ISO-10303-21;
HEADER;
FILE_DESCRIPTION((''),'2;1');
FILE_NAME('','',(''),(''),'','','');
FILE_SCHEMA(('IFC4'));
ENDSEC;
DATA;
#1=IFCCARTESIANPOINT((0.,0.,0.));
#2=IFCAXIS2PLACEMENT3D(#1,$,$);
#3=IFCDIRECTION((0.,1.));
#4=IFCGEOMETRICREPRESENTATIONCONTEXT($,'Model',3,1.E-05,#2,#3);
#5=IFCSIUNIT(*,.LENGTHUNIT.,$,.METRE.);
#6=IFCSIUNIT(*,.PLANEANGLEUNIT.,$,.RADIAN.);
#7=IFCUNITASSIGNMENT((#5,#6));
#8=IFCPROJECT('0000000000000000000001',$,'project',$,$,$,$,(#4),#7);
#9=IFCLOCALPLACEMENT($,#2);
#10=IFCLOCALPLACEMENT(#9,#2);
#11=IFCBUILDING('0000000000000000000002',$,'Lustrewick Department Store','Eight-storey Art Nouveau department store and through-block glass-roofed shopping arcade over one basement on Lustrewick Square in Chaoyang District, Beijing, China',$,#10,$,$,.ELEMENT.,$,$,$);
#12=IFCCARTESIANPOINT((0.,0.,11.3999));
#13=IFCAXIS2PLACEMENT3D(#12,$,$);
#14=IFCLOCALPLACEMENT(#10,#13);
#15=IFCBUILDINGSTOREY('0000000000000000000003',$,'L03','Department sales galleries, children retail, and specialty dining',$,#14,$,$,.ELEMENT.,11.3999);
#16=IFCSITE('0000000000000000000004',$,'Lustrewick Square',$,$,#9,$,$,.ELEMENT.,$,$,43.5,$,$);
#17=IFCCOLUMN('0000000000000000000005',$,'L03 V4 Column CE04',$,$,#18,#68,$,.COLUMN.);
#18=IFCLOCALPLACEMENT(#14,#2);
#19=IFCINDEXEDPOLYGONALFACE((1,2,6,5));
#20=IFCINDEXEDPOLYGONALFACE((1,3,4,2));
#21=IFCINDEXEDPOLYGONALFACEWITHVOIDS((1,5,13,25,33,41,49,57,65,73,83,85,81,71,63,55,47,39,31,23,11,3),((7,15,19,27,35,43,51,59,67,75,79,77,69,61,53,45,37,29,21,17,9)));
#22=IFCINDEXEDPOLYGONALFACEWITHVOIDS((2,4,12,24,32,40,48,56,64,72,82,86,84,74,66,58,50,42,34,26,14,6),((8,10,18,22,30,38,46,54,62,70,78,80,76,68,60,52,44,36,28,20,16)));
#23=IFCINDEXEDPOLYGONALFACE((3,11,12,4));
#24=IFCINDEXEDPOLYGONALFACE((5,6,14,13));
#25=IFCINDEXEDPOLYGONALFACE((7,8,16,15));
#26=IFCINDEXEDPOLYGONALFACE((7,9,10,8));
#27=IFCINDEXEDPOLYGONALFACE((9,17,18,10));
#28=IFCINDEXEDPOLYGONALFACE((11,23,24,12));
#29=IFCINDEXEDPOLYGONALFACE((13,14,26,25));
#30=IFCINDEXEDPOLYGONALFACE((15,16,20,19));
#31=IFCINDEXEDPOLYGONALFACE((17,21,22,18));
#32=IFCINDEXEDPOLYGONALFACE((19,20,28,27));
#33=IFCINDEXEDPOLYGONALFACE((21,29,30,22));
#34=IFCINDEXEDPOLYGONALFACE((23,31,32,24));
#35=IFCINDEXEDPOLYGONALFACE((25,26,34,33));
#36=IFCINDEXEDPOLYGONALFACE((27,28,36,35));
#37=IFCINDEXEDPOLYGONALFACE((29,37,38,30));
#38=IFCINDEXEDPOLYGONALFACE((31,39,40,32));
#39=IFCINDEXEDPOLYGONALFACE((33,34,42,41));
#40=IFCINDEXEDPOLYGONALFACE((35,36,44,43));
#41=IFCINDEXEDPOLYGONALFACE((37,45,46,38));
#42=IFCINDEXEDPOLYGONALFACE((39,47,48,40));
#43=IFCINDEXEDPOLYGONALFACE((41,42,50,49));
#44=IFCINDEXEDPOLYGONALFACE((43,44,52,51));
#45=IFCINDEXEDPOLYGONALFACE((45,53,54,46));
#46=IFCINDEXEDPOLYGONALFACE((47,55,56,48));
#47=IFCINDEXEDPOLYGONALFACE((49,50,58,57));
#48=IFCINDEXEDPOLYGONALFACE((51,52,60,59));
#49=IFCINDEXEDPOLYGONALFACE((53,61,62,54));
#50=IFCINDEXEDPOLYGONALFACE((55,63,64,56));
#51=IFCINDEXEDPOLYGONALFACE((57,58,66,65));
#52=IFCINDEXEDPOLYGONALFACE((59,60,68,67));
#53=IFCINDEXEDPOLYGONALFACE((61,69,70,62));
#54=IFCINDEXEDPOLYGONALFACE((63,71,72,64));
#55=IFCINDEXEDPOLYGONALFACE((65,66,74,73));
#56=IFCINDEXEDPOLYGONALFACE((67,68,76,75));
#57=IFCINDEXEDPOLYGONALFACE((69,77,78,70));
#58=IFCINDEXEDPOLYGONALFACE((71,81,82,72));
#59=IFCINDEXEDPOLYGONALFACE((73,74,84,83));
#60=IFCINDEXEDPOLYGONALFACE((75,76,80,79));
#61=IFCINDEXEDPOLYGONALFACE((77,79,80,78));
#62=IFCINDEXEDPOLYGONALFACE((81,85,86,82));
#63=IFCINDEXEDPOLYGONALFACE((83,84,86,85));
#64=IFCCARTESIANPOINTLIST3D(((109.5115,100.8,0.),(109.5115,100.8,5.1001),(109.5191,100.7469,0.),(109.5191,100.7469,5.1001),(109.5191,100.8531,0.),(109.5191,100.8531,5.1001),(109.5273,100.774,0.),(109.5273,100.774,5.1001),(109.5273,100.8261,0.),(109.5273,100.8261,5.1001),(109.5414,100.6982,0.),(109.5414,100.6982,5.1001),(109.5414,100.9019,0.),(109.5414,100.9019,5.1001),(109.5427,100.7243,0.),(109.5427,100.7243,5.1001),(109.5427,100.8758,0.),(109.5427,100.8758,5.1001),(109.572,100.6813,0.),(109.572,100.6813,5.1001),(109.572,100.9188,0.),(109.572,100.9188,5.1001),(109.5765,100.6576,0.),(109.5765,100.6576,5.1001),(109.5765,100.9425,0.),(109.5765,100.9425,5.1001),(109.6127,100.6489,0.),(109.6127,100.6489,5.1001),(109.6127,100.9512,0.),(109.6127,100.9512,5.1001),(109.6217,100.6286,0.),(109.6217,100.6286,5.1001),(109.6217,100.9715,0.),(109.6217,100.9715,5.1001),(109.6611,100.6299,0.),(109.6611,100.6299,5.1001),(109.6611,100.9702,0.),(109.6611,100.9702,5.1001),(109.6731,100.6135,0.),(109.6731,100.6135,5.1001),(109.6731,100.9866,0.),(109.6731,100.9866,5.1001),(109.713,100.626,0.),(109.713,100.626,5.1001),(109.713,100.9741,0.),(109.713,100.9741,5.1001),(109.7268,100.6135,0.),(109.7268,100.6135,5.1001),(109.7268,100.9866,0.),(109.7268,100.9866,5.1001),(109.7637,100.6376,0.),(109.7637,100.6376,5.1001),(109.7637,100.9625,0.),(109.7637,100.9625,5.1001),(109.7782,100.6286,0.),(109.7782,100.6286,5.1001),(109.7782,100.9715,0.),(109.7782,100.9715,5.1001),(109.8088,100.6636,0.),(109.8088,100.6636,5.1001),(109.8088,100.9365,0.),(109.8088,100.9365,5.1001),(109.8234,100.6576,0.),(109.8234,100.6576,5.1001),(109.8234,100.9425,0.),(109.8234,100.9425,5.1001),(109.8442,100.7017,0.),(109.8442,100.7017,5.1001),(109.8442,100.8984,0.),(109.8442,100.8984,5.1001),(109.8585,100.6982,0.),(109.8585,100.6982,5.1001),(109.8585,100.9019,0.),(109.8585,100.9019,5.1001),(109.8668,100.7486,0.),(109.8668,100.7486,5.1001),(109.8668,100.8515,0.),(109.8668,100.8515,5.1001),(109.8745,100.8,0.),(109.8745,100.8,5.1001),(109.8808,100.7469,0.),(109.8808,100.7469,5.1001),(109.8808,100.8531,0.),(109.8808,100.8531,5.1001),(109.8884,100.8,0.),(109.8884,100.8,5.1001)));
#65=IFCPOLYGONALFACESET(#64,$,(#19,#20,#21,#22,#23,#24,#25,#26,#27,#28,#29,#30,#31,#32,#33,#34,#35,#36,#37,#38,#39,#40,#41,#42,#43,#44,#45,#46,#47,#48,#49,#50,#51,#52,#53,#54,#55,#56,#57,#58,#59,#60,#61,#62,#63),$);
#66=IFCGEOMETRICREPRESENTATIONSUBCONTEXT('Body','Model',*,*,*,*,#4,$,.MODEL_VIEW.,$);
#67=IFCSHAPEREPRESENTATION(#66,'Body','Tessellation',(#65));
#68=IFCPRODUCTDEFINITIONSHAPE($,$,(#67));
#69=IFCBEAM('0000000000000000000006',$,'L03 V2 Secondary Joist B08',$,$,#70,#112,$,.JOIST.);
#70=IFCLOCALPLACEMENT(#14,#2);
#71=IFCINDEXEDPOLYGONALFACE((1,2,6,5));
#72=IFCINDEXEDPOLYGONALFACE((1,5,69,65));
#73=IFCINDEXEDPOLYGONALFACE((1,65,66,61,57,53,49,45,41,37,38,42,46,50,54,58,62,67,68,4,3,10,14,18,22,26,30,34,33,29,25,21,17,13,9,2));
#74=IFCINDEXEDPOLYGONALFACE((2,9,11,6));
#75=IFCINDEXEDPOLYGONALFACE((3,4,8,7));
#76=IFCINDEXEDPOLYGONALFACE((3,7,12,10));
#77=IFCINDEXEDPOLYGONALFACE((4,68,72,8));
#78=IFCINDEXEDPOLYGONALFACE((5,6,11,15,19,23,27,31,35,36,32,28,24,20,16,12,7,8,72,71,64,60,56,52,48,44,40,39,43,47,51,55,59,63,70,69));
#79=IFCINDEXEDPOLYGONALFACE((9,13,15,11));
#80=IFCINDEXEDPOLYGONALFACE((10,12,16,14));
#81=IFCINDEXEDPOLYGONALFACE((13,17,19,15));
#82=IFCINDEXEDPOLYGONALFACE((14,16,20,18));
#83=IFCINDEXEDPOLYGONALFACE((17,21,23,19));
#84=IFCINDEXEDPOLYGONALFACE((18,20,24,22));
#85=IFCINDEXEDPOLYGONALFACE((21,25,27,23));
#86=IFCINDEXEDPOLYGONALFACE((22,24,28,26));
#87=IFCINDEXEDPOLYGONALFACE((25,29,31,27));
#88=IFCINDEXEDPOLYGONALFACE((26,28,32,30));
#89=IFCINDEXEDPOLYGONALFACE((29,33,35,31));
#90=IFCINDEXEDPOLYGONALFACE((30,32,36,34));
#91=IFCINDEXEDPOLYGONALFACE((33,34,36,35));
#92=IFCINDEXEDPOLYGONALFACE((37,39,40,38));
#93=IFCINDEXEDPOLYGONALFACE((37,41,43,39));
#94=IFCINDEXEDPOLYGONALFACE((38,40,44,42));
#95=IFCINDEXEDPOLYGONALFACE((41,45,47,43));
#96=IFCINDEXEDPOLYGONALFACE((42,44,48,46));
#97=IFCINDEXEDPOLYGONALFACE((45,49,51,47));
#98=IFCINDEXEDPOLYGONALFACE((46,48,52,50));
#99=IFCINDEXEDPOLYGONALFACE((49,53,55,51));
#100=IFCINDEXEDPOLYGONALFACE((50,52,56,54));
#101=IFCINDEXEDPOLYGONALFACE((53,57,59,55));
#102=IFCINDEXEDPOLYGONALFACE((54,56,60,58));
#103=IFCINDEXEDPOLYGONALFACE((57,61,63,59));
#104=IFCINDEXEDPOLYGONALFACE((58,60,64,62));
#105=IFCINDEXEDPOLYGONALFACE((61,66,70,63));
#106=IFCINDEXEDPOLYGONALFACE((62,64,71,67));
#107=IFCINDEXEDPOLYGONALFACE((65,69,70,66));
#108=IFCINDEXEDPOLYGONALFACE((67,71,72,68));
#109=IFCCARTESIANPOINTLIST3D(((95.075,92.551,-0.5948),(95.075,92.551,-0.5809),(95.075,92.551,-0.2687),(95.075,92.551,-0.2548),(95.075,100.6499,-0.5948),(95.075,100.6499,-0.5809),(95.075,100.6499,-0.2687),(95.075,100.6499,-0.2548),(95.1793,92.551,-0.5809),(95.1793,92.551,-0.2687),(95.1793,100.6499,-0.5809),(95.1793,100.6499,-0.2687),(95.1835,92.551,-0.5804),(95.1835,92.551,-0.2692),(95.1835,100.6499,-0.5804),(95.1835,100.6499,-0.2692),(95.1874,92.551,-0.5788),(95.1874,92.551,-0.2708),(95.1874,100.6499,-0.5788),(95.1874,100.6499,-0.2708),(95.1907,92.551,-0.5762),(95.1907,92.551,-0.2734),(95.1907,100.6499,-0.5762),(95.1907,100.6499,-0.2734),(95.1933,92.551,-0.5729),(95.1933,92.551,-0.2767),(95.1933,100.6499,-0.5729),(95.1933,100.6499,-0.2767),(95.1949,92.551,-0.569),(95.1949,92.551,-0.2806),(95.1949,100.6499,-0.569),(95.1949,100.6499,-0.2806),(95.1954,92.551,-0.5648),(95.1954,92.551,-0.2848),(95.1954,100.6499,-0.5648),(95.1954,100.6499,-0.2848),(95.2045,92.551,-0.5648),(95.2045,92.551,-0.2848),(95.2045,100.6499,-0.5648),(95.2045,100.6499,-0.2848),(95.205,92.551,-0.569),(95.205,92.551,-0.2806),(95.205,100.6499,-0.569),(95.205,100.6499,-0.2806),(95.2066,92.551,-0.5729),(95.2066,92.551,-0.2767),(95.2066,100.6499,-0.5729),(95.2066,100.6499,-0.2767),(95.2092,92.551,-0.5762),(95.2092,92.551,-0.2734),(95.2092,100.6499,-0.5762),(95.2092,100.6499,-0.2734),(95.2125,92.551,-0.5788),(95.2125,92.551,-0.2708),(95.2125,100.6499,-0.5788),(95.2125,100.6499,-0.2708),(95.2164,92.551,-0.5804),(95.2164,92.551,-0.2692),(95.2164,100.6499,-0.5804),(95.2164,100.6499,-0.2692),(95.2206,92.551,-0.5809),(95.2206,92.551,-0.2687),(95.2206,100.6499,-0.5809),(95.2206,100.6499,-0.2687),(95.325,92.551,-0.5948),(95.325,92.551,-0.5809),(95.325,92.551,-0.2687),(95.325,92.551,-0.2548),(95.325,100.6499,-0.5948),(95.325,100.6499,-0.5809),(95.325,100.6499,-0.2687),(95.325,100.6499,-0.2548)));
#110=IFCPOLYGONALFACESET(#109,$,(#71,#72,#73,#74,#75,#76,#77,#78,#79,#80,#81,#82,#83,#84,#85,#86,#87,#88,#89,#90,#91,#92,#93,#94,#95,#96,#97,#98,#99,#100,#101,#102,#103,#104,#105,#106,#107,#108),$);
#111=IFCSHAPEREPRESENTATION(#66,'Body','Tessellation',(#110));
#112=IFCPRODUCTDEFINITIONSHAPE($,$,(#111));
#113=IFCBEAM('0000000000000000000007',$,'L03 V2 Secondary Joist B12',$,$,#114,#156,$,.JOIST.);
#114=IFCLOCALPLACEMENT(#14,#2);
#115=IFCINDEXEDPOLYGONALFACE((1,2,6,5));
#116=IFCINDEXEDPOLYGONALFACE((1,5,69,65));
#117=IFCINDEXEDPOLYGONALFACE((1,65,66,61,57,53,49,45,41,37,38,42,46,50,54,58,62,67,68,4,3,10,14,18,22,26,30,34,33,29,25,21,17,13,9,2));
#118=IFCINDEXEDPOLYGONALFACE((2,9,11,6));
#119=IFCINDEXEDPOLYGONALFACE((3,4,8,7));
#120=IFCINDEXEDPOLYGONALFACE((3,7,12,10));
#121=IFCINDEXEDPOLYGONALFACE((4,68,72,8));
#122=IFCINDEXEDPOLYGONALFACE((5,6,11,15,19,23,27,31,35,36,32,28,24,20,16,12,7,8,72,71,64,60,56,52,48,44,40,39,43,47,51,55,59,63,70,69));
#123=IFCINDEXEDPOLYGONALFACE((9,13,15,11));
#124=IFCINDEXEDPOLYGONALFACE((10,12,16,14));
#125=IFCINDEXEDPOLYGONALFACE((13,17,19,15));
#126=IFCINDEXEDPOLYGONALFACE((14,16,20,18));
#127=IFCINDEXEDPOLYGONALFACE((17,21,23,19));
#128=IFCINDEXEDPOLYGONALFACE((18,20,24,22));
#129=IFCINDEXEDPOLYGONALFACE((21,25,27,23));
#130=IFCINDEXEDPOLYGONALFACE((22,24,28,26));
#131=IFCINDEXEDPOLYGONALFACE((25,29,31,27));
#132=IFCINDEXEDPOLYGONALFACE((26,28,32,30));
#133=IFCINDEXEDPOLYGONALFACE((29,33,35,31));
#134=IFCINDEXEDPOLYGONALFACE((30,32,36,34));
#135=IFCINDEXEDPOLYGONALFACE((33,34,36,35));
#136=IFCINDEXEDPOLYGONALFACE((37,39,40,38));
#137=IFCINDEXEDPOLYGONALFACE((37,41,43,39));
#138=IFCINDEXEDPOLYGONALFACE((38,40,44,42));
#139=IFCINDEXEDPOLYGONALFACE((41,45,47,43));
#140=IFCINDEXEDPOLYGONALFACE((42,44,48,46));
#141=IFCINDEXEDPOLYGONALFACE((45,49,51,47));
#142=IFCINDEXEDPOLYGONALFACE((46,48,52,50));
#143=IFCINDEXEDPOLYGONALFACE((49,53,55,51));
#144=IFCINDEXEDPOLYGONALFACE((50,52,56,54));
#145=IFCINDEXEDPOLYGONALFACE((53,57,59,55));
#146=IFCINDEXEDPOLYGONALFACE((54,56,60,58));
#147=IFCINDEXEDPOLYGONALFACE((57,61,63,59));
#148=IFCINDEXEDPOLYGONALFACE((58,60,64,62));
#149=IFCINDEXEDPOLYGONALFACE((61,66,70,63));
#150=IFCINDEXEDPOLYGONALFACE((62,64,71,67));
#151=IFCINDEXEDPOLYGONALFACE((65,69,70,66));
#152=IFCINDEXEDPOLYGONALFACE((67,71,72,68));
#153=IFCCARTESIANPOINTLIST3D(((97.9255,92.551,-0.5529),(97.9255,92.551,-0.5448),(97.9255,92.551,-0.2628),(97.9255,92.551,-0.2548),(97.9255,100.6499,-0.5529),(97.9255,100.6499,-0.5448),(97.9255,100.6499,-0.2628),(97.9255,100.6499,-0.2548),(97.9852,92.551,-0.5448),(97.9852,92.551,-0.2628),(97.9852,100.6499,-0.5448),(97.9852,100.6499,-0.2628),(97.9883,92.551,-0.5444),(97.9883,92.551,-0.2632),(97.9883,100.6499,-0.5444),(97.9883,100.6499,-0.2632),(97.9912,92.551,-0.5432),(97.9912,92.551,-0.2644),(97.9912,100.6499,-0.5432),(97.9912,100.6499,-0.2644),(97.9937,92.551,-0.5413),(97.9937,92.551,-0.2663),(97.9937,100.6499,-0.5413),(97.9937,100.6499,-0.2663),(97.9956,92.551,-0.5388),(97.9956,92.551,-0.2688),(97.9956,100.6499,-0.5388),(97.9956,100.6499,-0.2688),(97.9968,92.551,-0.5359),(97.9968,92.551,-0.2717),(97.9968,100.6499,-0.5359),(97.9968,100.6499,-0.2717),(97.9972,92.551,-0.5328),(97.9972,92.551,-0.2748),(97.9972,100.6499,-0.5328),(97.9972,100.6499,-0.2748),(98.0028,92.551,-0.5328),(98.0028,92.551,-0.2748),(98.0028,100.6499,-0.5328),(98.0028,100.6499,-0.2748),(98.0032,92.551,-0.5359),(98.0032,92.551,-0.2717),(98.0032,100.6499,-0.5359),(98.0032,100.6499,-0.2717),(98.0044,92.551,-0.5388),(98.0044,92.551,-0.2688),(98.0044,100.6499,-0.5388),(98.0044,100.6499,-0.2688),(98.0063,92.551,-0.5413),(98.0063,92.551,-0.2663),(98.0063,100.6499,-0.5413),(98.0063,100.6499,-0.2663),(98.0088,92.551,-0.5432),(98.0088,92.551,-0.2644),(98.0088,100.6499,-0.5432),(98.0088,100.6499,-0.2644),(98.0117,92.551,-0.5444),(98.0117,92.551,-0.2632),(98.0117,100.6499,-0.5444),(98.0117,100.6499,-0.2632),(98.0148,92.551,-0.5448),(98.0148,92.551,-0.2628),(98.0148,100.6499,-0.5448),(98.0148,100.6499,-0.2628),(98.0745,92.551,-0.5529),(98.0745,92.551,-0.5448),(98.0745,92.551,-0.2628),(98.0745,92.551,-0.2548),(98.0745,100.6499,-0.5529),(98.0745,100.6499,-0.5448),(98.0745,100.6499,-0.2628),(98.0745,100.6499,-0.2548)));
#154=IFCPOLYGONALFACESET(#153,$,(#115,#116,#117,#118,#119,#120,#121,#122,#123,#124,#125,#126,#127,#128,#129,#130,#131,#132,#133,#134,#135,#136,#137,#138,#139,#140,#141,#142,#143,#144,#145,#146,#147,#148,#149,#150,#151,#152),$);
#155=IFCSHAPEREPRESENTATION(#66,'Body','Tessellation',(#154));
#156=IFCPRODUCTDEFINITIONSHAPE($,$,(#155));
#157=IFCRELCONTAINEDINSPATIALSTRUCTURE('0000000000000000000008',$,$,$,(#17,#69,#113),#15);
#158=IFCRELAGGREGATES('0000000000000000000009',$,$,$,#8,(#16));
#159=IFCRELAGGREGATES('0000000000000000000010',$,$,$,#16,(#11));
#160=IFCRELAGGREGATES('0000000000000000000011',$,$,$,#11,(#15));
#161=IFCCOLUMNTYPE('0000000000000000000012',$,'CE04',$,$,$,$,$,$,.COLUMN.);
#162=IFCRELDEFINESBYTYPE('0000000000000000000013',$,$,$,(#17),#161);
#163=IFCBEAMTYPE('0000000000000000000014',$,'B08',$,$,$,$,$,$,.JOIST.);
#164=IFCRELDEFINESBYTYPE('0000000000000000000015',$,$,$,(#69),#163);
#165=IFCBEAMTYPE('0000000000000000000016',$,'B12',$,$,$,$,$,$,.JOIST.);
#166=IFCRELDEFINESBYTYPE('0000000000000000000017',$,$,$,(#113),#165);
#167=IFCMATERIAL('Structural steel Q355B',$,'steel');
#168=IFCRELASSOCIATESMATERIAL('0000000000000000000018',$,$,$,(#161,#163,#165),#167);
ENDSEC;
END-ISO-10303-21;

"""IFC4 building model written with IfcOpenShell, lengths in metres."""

from ifc_helpers import new_model, si_unit, direction, frame, origin, origin_2d, place, context, subcontext, project, spatial, hollow_circle, i_section, extrude, material, material_profile, profile_set, type_object, element, save


model = new_model("IFC4")

# Units and contexts
model_context = context("Model", 3, precision=1e-05, world=origin(), true_north=direction((0.0, 1.0)))
body_context = subcontext(model_context, "Body", "Model", "MODEL_VIEW")
ifc_project = project(units=[si_unit("LENGTHUNIT", "METRE"), si_unit("PLANEANGLEUNIT", "RADIAN")], contexts=[model_context])

# Site, building, storey
site_placement = place(None, origin())
site = spatial("IfcSite", under=ifc_project, at=site_placement, Name="Lustrewick Square", CompositionType="ELEMENT", RefElevation=43.5)
building_placement = place(site_placement, origin())
building = spatial("IfcBuilding", under=site, at=building_placement, Name="Lustrewick Department Store", Description="Eight-storey Art Nouveau department store and through-block glass-roofed shopping arcade over one basement on Lustrewick Square in Chaoyang District, Beijing, China", CompositionType="ELEMENT")
storey_placement = place(building_placement, frame((0.0, 0.0, 11.3999)))
storey = spatial("IfcBuildingStorey", under=building, at=storey_placement, Name="L03", Description="Department sales galleries, children retail, and specialty dining", CompositionType="ELEMENT", Elevation=11.3999)

# Column
ifc_material_1 = material(Name="Structural steel Q355B", Category="steel")
ifc_material_profile_1 = material_profile(ifc_material_1, hollow_circle(Radius=0.1885, WallThickness=0.0139, at=origin_2d()), Name="CHS 377x14")
ifc_profile_set_1 = profile_set([ifc_material_profile_1], Name="Structural steel Q355B")
column_type_1 = type_object("IfcColumnType", Name="CE04", PredefinedType="COLUMN", material=ifc_profile_set_1)
for number, where, z_axis, x_axis, name in (
    (1, (109.7, 100.8, 0.0), (0.0, 0.0, 1.0), (1.0, 0.0, 0.0), "L03 V4 Column CE04"),
):
    element("IfcColumn", number, at=place(storey_placement, frame(where, z_axis=z_axis, x_axis=x_axis)), inside=storey, type_object=column_type_1, Name=name, PredefinedType="COLUMN", context=body_context, shape_type="SweptSolid", body=[
        extrude(hollow_circle(Radius=0.1885, WallThickness=0.0139, at=origin_2d()), origin(), (0.0, 0.0, 1.0), 5.1001),
    ])

# Beams
ifc_material_profile_2 = material_profile(ifc_material_1, i_section(OverallWidth=0.25, OverallDepth=0.3401, WebThickness=0.009, FlangeThickness=0.0139, FilletRadius=0.0161, at=origin_2d()), Name="HM 340x250x9x14")
ifc_profile_set_2 = profile_set([ifc_material_profile_2], Name="Structural steel Q355B")
beam_type_1 = type_object("IfcBeamType", Name="B08", PredefinedType="JOIST", material=ifc_profile_set_2)
beam_1_placement = place(storey_placement, frame((95.2, 92.551, -0.4248), z_axis=(0.0, 1.0, 0.0), x_axis=(-1.0, 0.0, 0.0)))
element("IfcBeam", 2, at=beam_1_placement, inside=storey, type_object=beam_type_1, Name="L03 V2 Secondary Joist B08", PredefinedType="JOIST", context=body_context, shape_type="SweptSolid", body=[
    extrude(i_section(OverallWidth=0.25, OverallDepth=0.3401, WebThickness=0.009, FlangeThickness=0.0139, FilletRadius=0.0161, at=origin_2d()), origin(), (0.0, 0.0, 1.0), 8.0989),
])
ifc_material_profile_3 = material_profile(ifc_material_1, i_section(OverallWidth=0.1489, OverallDepth=0.2981, WebThickness=0.0056, FlangeThickness=0.0081, FilletRadius=0.012, at=origin_2d()), Name="HN 298x149x5.5x8")
ifc_profile_set_3 = profile_set([ifc_material_profile_3], Name="Structural steel Q355B")
beam_type_2 = type_object("IfcBeamType", Name="B12", PredefinedType="JOIST", material=ifc_profile_set_3)
beam_2_placement = place(storey_placement, frame((98.0, 92.551, -0.4038), z_axis=(0.0, 1.0, 0.0), x_axis=(-1.0, 0.0, 0.0)))
element("IfcBeam", 3, at=beam_2_placement, inside=storey, type_object=beam_type_2, Name="L03 V2 Secondary Joist B12", PredefinedType="JOIST", context=body_context, shape_type="SweptSolid", body=[
    extrude(i_section(OverallWidth=0.1489, OverallDepth=0.2981, WebThickness=0.0056, FlangeThickness=0.0081, FilletRadius=0.012, at=origin_2d()), origin(), (0.0, 0.0, 1.0), 8.0989),
])

save(model, "model.ifc")
